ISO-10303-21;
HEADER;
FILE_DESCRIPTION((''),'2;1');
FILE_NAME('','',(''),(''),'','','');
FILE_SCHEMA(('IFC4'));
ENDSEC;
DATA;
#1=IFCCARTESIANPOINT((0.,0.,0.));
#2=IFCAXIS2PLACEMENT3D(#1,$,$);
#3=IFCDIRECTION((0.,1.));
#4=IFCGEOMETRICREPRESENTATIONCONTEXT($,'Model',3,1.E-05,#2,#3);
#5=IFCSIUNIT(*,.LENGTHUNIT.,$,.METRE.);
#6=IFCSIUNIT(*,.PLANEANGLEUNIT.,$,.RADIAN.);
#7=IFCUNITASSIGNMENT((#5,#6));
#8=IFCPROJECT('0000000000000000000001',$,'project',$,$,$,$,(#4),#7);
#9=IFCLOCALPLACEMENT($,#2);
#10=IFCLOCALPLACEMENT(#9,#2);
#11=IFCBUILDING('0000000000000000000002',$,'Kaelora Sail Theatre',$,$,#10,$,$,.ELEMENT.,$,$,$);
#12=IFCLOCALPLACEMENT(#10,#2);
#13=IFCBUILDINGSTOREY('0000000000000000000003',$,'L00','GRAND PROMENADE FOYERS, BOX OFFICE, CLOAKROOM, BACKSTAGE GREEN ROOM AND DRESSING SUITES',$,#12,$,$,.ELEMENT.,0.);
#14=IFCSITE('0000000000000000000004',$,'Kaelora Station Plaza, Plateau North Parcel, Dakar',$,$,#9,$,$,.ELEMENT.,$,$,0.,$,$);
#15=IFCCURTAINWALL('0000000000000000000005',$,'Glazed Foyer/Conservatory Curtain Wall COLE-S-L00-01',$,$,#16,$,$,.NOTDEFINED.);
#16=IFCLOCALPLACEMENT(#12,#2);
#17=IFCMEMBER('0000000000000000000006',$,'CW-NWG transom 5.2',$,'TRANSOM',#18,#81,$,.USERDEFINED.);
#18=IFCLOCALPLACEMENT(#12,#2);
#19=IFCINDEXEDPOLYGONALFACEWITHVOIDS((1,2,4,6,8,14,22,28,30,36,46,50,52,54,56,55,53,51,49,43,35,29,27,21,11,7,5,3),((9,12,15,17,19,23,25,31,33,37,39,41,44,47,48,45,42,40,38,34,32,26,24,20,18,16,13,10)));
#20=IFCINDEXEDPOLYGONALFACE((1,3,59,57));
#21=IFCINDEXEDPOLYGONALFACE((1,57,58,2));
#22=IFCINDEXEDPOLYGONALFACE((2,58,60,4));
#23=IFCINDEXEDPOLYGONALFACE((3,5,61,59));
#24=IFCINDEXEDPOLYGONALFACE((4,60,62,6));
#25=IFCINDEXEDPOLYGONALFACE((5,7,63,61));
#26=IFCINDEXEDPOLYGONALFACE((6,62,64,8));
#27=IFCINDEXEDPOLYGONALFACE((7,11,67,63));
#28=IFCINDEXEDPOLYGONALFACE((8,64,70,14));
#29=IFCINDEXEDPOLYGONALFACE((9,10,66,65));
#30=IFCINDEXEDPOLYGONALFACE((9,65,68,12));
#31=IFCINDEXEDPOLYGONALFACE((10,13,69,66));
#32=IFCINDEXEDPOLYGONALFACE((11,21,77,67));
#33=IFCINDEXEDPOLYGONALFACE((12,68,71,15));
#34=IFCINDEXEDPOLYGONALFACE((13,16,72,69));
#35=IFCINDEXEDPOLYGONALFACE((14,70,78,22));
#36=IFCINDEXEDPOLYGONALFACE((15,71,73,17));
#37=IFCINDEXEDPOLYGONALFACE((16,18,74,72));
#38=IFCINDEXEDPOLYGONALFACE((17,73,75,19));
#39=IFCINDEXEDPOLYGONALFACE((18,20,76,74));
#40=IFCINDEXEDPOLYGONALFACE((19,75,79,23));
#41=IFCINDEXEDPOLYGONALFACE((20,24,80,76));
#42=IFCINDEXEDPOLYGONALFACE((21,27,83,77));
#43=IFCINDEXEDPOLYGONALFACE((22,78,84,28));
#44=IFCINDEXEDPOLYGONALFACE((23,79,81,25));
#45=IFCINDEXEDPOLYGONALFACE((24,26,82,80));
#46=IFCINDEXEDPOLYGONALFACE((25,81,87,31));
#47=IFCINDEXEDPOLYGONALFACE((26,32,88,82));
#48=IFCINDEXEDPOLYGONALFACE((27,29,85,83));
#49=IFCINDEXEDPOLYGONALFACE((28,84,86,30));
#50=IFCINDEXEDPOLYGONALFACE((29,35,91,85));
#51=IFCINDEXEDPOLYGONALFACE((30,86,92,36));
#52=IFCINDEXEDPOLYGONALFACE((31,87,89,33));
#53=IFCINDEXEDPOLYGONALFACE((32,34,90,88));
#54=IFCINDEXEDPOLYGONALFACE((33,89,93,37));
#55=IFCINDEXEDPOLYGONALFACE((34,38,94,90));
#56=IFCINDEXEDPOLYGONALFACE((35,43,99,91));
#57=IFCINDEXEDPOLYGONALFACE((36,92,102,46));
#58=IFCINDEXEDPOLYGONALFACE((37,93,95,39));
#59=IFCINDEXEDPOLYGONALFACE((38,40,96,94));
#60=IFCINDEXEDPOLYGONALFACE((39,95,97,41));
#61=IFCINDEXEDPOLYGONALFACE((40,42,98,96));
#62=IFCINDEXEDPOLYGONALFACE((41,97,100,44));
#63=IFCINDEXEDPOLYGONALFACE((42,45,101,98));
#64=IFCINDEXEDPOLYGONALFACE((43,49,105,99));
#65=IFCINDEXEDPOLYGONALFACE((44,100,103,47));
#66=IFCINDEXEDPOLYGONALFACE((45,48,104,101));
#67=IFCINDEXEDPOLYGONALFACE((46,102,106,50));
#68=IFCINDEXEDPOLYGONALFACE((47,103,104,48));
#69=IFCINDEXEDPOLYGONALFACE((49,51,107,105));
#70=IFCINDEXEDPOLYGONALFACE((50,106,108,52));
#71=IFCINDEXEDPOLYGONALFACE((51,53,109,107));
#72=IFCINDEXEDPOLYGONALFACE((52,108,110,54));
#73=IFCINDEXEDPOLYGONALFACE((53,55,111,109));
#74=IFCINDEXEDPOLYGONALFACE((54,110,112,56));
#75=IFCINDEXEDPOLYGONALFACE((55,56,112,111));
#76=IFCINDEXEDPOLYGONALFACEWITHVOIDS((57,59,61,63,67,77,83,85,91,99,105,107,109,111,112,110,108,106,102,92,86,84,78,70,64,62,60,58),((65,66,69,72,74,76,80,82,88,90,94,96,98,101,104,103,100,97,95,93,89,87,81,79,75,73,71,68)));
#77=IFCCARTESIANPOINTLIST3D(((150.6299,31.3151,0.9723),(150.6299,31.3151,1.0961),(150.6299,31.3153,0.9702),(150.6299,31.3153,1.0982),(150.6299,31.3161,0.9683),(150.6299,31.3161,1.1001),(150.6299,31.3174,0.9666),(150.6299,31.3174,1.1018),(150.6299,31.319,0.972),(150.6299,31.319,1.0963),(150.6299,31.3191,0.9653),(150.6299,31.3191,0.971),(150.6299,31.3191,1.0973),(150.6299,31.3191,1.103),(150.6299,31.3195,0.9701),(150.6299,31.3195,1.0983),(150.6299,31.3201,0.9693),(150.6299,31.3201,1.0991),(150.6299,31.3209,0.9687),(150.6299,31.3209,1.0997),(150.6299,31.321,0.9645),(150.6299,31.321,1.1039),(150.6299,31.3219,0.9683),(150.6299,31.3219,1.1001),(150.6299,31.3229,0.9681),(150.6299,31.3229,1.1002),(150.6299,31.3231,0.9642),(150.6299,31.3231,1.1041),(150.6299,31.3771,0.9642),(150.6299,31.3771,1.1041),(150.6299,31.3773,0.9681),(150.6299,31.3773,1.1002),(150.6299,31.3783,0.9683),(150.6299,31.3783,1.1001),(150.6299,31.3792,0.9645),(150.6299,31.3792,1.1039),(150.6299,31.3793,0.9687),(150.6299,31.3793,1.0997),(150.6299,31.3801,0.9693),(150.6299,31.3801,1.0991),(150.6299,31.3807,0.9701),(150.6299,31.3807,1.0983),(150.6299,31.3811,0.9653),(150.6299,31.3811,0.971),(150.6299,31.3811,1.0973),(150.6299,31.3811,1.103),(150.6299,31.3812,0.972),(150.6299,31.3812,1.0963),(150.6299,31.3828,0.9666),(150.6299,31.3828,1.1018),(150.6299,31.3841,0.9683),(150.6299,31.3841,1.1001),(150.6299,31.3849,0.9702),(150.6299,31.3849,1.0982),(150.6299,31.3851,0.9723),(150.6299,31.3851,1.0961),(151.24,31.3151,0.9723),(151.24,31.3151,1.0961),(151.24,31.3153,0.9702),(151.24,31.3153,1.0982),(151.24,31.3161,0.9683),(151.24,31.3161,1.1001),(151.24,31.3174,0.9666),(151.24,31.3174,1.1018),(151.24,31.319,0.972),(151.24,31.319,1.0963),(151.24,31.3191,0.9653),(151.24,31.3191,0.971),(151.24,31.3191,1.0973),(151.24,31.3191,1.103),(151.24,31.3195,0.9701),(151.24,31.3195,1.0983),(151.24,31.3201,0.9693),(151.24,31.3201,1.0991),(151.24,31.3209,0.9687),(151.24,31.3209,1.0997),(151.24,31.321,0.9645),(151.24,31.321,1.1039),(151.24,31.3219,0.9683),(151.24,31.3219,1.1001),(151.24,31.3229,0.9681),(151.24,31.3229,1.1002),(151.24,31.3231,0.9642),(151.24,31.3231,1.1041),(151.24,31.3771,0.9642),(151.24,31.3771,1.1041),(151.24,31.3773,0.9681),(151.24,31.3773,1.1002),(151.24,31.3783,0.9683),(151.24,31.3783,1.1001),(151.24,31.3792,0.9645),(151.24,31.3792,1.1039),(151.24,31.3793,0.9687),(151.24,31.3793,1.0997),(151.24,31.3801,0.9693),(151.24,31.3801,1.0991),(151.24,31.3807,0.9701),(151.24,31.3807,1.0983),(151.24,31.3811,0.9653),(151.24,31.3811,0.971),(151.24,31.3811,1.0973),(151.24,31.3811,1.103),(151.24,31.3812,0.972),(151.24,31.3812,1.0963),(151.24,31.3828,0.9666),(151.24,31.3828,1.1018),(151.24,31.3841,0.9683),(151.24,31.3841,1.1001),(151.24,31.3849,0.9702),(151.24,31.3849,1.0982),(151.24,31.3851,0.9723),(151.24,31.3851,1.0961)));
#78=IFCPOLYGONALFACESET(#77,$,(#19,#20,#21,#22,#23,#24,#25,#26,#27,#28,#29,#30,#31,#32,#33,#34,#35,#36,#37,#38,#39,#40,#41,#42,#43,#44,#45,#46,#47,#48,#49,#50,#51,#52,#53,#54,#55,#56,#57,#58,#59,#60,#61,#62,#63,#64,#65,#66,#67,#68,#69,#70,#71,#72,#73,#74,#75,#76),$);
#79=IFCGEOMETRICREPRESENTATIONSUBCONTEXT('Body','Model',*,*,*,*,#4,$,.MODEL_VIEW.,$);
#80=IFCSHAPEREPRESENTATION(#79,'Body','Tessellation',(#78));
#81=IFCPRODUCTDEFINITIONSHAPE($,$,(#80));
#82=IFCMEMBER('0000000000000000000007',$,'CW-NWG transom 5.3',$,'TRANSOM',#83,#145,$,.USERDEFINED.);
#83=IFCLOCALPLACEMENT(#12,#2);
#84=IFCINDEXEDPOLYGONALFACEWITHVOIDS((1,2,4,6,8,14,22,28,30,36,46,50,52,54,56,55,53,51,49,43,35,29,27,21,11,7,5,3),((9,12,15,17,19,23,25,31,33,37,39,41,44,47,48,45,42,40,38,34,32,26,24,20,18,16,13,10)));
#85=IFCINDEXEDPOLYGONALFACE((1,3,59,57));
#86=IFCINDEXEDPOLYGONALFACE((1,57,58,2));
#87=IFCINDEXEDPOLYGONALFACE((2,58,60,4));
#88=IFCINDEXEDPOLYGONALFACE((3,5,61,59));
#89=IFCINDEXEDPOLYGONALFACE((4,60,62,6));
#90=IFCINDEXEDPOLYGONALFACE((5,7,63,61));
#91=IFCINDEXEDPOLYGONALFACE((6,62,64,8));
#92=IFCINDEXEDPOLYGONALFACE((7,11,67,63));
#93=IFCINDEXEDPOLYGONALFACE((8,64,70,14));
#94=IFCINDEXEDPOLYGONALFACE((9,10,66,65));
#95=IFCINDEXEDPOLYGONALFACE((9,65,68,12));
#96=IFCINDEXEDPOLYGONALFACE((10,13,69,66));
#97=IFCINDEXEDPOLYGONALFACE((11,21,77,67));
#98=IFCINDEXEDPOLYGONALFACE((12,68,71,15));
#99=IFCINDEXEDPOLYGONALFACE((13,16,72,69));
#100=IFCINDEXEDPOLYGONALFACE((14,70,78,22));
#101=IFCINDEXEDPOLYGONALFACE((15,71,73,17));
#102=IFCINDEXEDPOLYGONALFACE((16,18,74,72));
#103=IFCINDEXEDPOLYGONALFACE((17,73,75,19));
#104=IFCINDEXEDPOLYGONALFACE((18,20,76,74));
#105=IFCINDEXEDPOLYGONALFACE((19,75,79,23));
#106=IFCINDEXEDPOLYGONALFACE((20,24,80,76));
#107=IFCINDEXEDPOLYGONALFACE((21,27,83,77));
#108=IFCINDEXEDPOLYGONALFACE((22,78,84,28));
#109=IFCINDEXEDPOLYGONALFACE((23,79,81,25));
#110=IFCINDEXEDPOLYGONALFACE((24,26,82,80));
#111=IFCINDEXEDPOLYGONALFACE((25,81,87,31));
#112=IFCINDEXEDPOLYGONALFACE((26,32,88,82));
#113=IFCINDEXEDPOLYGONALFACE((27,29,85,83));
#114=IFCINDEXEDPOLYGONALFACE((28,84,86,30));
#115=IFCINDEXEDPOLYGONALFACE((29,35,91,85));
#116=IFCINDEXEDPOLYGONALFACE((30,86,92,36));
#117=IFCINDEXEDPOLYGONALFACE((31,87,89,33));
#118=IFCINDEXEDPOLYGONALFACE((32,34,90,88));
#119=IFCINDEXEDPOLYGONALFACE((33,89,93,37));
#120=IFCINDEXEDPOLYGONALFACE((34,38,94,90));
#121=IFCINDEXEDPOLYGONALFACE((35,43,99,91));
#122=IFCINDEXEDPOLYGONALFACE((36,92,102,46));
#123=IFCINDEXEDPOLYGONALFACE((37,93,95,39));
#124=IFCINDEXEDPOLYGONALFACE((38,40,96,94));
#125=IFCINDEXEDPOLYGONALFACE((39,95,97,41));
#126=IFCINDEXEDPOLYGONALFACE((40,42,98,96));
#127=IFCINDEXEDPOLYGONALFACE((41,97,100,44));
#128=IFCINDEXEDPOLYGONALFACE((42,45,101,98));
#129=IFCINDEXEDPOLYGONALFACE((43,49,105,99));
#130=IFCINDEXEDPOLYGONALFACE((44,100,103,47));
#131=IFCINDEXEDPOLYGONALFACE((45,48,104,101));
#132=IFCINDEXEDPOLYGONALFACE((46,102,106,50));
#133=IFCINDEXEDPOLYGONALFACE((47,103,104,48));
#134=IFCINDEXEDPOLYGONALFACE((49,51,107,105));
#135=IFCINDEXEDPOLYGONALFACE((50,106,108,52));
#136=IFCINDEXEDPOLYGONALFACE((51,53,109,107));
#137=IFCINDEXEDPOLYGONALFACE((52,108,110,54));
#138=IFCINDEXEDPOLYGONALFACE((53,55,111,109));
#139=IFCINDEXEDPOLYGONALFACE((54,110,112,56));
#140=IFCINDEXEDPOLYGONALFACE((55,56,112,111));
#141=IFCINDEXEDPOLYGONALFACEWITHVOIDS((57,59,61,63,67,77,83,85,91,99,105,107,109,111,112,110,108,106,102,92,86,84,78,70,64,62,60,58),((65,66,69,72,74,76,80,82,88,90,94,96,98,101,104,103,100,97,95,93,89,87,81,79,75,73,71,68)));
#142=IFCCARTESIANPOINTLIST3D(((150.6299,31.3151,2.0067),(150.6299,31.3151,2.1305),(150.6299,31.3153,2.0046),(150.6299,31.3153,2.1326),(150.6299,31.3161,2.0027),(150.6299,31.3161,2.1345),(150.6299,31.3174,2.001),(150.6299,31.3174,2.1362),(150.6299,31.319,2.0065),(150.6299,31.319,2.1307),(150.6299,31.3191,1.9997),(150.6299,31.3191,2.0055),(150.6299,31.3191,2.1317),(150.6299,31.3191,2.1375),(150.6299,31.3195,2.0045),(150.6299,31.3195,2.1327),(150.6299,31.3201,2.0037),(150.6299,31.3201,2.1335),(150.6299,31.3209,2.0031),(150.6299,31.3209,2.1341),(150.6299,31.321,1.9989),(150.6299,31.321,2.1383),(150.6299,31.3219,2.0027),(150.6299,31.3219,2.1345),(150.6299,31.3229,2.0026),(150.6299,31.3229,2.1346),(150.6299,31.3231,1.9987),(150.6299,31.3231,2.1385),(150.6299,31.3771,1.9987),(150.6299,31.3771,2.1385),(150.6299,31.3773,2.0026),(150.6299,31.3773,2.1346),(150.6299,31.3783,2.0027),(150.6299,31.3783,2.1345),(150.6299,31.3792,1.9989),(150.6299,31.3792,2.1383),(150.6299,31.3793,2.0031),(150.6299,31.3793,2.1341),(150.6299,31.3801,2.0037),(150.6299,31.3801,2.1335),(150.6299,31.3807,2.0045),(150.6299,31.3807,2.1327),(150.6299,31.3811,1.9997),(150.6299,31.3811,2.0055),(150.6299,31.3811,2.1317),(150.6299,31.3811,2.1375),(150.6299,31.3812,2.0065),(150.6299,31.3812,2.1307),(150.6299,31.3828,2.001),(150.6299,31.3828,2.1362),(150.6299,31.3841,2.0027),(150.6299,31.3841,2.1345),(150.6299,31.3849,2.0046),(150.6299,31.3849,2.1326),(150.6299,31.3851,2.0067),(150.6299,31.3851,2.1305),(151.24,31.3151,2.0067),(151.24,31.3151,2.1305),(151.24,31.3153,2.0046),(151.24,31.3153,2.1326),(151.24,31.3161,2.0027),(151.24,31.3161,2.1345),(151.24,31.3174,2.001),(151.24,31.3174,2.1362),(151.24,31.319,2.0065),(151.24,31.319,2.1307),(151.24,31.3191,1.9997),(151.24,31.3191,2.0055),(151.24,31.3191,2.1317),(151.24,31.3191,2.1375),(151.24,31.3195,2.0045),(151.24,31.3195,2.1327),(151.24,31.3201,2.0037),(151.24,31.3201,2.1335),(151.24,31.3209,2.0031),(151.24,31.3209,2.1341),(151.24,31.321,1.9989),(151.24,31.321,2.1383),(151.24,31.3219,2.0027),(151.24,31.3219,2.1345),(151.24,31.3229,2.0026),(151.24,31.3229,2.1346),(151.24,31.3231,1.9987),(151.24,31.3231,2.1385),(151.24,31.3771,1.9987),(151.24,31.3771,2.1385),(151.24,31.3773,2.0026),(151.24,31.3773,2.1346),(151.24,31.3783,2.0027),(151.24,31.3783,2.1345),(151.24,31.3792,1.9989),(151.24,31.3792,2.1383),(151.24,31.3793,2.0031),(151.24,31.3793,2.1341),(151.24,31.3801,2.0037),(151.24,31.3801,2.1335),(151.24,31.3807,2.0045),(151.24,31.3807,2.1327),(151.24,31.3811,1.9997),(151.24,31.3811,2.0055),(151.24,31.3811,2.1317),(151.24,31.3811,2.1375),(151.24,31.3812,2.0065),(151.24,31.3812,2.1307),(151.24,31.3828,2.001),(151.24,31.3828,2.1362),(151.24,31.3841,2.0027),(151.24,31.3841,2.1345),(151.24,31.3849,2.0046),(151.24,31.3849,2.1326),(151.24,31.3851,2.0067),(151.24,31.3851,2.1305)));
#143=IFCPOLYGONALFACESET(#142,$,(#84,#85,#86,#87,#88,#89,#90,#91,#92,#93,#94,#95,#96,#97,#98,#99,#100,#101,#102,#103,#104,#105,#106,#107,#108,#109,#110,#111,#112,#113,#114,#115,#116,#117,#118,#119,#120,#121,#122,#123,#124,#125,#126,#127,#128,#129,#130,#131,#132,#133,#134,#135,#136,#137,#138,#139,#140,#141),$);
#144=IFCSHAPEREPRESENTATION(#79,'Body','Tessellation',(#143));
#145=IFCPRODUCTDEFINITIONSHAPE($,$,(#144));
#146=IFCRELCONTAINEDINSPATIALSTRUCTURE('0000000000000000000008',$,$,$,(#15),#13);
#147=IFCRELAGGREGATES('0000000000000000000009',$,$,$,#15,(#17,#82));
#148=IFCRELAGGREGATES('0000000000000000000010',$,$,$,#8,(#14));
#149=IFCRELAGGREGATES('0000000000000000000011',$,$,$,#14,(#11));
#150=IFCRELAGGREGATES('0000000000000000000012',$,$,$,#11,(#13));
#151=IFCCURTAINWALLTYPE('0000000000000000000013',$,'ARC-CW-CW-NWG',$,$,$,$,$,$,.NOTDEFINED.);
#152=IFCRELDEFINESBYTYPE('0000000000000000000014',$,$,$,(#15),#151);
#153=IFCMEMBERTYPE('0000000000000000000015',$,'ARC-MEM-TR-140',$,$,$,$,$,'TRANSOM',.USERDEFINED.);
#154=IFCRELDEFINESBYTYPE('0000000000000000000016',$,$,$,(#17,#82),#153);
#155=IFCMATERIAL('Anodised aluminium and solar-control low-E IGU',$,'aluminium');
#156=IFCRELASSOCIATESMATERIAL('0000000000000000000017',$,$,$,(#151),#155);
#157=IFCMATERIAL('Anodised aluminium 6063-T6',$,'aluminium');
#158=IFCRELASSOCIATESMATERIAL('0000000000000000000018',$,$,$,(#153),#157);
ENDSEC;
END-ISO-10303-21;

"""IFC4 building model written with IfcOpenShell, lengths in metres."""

from ifc_helpers import new_model, si_unit, direction, frame, origin, origin_2d, place, context, subcontext, project, spatial, hollow_rectangle, extrude, material, material_profile, profile_set, type_object, element, aggregate, save


model = new_model("IFC4")

# Units and contexts
model_context = context("Model", 3, precision=1e-05, world=origin(), true_north=direction((0.0, 1.0)))
body_context = subcontext(model_context, "Body", "Model", "MODEL_VIEW")
ifc_project = project(units=[si_unit("LENGTHUNIT", "METRE"), si_unit("PLANEANGLEUNIT", "RADIAN")], contexts=[model_context])

# Site, building, storey
site_placement = place(None, origin())
site = spatial("IfcSite", under=ifc_project, at=site_placement, Name="Kaelora Station Plaza, Plateau North Parcel, Dakar", CompositionType="ELEMENT", RefElevation=0.0)
building_placement = place(site_placement, origin())
building = spatial("IfcBuilding", under=site, at=building_placement, Name="Kaelora Sail Theatre", CompositionType="ELEMENT")
storey_placement = place(building_placement, origin())
storey = spatial("IfcBuildingStorey", under=building, at=storey_placement, Name="L00", Description="GRAND PROMENADE FOYERS, BOX OFFICE, CLOAKROOM, BACKSTAGE GREEN ROOM AND DRESSING SUITES", CompositionType="ELEMENT", Elevation=0.0)

# Curtain wall
ifc_material_1 = material(Name="Anodised aluminium and solar-control low-E IGU", Category="aluminium")
curtain_wall_type = type_object("IfcCurtainWallType", Name="ARC-CW-CW-NWG", PredefinedType="NOTDEFINED", material=ifc_material_1)
curtain_wall_1_placement = place(storey_placement, origin())
curtain_wall_1 = element("IfcCurtainWall", 1, at=curtain_wall_1_placement, inside=storey, type_object=curtain_wall_type, Name="Glazed Foyer/Conservatory Curtain Wall COLE-S-L00-01", PredefinedType="NOTDEFINED")

# Members
ifc_material_2 = material(Name="Anodised aluminium 6063-T6", Category="aluminium")
ifc_material_profile_1 = material_profile(ifc_material_2, hollow_rectangle(XDim=0.0701, YDim=0.1399, WallThickness=0.0039, InnerFilletRadius=0.0039, OuterFilletRadius=0.0081, at=origin_2d()), Name="ALU-TRAN 70x140x4")
ifc_profile_set_1 = profile_set([ifc_material_profile_1], Name="Anodised aluminium 6063-T6")
member_type_1 = type_object("IfcMemberType", Name="ARC-MEM-TR-140", ElementType="TRANSOM", PredefinedType="USERDEFINED", material=ifc_profile_set_1)
member_1_placement = place(storey_placement, frame((150.6299, 31.3501, 1.0342), z_axis=(1.0, 0.0, 0.0), x_axis=(0.0, 1.0, 0.0)))
member_1 = element("IfcMember", 2, at=member_1_placement, type_object=member_type_1, Name="CW-NWG transom 5.2", ObjectType="TRANSOM", PredefinedType="USERDEFINED", context=body_context, shape_type="SweptSolid", body=[
    extrude(hollow_rectangle(XDim=0.0701, YDim=0.1399, WallThickness=0.0039, InnerFilletRadius=0.0039, OuterFilletRadius=0.0081, at=origin_2d()), origin(), (0.0, 0.0, 1.0), 0.6101),
])
member_2_placement = place(storey_placement, frame((150.6299, 31.3501, 2.0686), z_axis=(1.0, 0.0, 0.0), x_axis=(0.0, 1.0, 0.0)))
member_2 = element("IfcMember", 3, at=member_2_placement, type_object=member_type_1, Name="CW-NWG transom 5.3", ObjectType="TRANSOM", PredefinedType="USERDEFINED", context=body_context, shape_type="SweptSolid", body=[
    extrude(hollow_rectangle(XDim=0.0701, YDim=0.1399, WallThickness=0.0039, InnerFilletRadius=0.0039, OuterFilletRadius=0.0081, at=origin_2d()), origin(), (0.0, 0.0, 1.0), 0.6101),
])

aggregate(curtain_wall_1, [member_1, member_2])

save(model, "model.ifc")
